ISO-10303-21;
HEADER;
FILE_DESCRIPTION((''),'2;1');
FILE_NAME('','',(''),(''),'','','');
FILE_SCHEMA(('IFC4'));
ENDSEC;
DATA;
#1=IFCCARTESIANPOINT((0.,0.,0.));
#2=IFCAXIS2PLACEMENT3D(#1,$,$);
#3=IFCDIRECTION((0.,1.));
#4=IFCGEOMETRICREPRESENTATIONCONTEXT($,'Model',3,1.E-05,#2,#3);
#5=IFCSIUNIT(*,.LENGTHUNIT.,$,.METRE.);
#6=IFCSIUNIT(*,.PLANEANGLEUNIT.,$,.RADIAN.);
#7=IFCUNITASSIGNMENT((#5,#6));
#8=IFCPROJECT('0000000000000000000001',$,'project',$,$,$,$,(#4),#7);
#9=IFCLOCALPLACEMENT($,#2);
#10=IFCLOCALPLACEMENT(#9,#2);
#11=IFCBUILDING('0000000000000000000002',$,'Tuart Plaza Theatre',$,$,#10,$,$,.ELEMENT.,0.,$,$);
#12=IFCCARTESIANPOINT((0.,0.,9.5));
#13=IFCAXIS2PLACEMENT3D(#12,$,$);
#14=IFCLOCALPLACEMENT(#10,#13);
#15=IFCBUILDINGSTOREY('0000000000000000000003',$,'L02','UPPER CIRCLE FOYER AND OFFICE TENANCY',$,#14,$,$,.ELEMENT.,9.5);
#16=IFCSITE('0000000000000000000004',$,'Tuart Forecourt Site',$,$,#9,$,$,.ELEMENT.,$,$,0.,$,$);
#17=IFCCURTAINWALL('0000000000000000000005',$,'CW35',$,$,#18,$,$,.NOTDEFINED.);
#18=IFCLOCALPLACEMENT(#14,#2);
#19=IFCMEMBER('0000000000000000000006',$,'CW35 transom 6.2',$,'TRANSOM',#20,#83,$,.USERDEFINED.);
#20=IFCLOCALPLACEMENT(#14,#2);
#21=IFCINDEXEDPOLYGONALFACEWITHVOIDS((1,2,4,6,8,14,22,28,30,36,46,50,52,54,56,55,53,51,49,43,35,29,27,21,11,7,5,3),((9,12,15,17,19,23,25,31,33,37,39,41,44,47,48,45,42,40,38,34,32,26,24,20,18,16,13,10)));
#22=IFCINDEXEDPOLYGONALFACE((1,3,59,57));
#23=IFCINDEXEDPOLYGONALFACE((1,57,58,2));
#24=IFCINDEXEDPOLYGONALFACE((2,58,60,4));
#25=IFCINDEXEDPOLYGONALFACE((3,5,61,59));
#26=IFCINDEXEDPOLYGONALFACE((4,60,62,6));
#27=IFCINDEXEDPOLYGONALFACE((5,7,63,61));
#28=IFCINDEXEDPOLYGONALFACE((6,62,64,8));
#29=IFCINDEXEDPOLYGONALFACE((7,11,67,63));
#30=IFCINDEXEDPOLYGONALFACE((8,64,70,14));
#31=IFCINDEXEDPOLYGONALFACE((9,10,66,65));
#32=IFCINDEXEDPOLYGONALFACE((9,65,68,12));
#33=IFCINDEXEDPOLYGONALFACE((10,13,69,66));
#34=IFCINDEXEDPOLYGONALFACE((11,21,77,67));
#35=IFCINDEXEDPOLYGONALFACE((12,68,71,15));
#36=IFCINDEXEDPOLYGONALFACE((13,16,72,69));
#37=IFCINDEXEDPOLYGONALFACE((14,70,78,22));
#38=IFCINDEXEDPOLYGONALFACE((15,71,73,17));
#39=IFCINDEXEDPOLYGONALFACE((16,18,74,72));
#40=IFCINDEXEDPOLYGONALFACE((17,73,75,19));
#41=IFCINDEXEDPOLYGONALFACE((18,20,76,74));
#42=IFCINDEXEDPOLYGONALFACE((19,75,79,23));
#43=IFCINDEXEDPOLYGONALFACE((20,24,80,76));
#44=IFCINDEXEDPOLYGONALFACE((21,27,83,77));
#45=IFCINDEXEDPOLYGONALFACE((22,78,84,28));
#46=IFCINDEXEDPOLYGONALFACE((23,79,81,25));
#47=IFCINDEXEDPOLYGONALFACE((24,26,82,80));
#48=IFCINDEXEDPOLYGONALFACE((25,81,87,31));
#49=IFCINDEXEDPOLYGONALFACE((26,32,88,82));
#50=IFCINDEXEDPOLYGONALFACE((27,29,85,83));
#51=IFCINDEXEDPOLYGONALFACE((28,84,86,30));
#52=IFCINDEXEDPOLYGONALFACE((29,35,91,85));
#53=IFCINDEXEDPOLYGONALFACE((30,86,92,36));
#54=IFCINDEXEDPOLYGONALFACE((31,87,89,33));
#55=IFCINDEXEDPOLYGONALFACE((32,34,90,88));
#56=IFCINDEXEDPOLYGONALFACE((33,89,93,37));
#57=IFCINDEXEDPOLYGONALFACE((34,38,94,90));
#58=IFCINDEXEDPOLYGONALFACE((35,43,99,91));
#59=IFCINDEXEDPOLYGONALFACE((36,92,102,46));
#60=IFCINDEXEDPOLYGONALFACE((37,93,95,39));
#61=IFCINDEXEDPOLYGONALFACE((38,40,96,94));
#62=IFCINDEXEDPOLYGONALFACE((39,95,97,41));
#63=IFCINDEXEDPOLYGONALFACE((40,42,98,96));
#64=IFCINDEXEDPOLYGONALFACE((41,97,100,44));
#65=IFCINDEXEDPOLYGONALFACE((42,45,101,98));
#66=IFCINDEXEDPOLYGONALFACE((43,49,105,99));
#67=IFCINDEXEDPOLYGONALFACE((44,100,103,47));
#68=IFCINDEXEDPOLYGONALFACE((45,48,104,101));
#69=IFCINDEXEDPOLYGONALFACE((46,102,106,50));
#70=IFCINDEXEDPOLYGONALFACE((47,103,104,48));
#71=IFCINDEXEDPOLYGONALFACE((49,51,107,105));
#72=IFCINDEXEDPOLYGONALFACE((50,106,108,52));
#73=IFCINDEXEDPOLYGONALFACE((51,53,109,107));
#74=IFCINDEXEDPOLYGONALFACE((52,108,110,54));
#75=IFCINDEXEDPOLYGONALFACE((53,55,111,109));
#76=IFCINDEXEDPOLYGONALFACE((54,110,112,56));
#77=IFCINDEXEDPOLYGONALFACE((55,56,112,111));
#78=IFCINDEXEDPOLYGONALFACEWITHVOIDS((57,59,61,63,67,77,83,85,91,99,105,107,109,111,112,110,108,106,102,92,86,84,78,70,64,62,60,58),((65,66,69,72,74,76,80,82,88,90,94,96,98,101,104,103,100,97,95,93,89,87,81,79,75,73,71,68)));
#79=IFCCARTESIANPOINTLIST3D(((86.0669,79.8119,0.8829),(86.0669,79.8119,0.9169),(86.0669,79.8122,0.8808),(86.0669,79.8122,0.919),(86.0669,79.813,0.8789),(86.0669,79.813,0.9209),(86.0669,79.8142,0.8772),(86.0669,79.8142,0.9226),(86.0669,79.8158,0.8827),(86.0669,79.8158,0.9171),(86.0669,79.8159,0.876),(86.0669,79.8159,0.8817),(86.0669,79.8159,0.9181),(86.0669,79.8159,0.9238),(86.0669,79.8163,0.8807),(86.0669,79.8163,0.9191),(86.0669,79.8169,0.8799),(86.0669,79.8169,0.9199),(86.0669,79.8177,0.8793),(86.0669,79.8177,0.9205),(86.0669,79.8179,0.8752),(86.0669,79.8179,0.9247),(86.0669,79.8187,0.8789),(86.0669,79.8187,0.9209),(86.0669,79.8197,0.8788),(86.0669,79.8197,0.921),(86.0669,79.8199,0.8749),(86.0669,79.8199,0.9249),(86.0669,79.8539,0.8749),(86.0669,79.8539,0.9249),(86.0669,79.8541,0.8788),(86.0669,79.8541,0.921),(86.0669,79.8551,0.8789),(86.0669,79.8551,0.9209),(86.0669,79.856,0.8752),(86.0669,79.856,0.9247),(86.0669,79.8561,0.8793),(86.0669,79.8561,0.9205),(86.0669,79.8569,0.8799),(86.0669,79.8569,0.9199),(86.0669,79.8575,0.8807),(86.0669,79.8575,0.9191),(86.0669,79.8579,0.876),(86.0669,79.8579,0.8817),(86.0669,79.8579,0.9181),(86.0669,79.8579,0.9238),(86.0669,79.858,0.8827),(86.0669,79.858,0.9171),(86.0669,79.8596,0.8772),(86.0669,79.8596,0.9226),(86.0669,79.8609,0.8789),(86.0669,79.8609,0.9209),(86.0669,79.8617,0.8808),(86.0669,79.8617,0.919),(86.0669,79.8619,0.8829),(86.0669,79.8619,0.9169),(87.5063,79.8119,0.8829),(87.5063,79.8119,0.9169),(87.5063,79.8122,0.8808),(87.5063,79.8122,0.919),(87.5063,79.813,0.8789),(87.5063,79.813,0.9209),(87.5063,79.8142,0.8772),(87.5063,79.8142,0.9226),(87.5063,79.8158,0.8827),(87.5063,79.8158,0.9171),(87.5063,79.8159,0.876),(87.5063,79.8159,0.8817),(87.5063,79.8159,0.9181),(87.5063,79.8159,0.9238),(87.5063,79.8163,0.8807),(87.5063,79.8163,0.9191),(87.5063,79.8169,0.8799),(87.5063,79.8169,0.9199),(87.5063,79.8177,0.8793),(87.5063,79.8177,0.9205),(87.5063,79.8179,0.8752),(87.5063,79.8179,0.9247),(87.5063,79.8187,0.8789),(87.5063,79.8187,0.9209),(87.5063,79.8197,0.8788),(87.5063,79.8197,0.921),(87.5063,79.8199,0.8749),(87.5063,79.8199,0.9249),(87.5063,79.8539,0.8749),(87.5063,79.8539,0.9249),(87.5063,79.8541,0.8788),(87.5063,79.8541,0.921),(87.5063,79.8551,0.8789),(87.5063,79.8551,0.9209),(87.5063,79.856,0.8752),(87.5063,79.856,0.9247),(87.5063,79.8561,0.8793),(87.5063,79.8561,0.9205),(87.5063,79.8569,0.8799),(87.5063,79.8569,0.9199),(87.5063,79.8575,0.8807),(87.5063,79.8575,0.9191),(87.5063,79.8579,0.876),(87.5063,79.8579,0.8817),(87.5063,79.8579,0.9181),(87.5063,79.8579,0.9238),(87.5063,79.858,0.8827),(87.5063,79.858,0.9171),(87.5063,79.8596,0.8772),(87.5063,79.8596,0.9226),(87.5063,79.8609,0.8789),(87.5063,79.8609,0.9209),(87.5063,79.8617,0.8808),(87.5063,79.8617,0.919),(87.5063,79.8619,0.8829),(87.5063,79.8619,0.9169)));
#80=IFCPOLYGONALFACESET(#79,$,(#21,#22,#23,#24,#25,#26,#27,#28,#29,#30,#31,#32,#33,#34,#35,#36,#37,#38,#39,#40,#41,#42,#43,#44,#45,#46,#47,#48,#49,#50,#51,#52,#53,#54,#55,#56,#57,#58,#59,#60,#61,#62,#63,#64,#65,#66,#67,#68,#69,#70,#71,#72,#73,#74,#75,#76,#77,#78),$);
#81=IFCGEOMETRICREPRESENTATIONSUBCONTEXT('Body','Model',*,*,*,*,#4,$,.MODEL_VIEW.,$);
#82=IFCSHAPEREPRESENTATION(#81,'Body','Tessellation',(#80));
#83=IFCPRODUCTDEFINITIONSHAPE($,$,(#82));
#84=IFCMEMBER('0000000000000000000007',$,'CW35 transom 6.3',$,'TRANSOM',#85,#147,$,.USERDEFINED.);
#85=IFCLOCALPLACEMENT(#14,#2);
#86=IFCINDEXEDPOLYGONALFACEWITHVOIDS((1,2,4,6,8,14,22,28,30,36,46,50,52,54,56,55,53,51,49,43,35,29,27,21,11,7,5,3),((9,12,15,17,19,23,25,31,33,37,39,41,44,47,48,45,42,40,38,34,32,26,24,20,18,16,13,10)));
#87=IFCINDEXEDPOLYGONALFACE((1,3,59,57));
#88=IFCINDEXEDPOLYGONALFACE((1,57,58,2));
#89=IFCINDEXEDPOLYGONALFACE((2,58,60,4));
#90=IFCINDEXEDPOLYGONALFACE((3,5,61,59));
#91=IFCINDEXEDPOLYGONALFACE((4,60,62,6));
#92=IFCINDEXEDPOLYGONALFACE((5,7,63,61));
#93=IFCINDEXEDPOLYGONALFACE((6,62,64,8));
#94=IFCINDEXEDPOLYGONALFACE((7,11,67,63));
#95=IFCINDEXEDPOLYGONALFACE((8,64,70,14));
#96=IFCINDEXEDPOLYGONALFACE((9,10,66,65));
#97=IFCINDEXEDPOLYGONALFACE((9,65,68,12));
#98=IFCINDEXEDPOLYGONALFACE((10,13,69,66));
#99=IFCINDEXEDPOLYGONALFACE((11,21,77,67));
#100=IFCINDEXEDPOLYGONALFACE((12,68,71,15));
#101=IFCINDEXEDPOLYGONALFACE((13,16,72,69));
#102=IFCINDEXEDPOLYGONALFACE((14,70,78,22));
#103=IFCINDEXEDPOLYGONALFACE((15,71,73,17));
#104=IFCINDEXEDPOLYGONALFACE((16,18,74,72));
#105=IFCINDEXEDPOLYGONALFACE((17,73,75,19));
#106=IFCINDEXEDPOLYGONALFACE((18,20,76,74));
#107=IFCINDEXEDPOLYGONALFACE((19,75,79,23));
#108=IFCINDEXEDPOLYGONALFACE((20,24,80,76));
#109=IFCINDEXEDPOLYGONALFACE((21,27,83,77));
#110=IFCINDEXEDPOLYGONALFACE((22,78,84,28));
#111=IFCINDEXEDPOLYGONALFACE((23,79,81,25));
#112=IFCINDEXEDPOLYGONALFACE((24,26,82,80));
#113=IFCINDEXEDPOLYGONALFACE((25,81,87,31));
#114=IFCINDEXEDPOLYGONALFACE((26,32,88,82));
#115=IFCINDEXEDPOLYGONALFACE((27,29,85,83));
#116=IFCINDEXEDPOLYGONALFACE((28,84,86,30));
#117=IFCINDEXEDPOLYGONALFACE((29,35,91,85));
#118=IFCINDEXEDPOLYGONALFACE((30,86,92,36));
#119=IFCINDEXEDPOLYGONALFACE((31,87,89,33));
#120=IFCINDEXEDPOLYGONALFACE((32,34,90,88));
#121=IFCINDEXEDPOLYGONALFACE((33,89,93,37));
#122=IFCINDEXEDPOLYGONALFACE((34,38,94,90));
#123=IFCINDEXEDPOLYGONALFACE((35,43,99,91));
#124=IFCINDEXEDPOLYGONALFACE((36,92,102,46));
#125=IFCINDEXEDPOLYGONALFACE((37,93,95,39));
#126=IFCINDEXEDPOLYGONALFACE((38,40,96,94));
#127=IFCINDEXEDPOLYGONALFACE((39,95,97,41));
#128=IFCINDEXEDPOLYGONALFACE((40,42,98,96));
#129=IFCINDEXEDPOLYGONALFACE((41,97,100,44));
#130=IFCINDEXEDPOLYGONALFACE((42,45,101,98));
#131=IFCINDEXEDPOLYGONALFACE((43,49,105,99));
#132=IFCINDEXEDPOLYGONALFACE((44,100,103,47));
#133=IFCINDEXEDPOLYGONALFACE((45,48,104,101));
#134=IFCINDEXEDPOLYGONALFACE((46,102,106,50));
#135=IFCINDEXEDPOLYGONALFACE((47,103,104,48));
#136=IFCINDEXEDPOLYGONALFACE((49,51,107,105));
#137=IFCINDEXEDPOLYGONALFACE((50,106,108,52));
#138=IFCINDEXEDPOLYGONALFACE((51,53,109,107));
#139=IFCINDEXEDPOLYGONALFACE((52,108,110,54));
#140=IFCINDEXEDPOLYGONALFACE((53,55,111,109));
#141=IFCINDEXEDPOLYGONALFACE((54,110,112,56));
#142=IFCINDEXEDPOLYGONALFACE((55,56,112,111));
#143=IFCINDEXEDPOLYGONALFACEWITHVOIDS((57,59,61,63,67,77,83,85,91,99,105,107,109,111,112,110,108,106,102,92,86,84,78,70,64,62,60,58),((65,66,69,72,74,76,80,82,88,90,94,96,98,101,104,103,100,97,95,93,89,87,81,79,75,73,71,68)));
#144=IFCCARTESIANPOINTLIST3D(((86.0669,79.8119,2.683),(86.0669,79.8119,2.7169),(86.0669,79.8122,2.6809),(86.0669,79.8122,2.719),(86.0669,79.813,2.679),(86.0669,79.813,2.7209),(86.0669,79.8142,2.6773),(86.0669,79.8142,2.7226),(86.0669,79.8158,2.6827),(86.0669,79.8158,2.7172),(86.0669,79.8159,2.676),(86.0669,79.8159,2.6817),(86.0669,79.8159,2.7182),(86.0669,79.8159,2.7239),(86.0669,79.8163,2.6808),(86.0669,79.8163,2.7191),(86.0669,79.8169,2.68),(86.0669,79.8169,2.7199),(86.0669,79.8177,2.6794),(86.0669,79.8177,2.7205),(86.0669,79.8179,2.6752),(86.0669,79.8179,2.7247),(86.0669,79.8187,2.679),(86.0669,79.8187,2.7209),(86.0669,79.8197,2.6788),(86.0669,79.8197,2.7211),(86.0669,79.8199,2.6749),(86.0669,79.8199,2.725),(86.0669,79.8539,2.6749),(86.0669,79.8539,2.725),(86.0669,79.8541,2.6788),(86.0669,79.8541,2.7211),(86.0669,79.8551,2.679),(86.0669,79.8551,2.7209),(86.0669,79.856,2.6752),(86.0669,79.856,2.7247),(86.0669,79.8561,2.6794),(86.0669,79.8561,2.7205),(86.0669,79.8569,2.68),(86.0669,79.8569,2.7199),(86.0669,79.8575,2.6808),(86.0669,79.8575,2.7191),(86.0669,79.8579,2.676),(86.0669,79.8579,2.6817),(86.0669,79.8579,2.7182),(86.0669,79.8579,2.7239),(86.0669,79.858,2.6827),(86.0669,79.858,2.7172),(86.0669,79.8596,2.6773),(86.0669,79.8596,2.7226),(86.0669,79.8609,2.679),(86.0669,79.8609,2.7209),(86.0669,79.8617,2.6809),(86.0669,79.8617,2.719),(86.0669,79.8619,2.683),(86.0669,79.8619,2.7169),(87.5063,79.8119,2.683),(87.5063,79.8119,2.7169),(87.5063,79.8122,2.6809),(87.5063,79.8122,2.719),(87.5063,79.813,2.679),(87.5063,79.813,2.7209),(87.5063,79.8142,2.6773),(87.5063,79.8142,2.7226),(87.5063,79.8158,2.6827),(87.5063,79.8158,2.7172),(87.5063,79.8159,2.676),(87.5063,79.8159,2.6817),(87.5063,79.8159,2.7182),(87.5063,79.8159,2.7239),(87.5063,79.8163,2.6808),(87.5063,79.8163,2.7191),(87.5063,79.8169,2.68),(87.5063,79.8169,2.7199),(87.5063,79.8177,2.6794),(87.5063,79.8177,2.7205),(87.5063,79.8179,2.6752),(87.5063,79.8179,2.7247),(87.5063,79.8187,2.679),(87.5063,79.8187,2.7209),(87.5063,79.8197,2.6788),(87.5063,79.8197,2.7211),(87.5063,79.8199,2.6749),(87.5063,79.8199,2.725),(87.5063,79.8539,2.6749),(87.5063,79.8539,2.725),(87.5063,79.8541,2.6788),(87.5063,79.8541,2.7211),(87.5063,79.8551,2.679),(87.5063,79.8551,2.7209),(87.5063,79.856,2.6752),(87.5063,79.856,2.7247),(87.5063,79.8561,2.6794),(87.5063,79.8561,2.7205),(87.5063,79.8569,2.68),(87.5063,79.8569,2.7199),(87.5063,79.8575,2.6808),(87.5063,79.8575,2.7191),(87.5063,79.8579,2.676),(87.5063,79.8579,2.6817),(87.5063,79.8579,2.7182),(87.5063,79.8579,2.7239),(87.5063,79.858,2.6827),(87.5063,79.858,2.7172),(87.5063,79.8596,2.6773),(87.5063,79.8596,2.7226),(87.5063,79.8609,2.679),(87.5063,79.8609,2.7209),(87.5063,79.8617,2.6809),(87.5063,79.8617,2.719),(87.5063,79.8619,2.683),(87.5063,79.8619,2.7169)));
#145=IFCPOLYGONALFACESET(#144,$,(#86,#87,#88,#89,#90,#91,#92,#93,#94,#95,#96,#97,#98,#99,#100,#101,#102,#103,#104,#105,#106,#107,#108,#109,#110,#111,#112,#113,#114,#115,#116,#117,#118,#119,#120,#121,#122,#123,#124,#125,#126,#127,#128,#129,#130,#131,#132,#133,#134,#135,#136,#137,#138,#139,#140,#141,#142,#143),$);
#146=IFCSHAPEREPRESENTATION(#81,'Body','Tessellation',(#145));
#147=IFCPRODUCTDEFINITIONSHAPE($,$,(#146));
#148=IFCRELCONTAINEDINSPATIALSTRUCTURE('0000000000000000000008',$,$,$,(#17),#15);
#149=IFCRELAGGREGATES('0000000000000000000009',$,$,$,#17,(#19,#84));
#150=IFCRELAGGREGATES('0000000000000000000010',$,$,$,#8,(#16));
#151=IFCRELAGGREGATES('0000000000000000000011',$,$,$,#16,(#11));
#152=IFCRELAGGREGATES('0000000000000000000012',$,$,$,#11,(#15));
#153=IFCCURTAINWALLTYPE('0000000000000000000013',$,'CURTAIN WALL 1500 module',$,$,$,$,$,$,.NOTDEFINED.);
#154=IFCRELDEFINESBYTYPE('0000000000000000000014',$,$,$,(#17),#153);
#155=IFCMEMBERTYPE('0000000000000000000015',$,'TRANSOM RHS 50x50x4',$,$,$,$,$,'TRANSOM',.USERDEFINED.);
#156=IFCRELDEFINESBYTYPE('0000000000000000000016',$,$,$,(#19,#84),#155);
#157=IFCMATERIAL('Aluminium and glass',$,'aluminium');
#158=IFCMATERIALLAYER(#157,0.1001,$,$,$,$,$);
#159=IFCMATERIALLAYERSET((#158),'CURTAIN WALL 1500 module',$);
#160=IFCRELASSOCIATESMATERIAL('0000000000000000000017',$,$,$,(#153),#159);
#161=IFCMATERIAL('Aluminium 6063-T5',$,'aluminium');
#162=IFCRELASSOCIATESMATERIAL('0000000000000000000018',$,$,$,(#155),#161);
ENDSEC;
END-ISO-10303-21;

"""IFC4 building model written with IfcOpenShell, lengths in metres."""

from ifc_helpers import new_model, si_unit, direction, frame, origin, origin_2d, place, context, subcontext, project, spatial, hollow_rectangle, extrude, material, layer, layer_set, material_profile, profile_set, type_object, element, aggregate, save


model = new_model("IFC4")

# Units and contexts
model_context = context("Model", 3, precision=1e-05, world=origin(), true_north=direction((0.0, 1.0)))
body_context = subcontext(model_context, "Body", "Model", "MODEL_VIEW")
ifc_project = project(units=[si_unit("LENGTHUNIT", "METRE"), si_unit("PLANEANGLEUNIT", "RADIAN")], contexts=[model_context])

# Site, building, storey
site_placement = place(None, origin())
site = spatial("IfcSite", under=ifc_project, at=site_placement, Name="Tuart Forecourt Site", CompositionType="ELEMENT", RefElevation=0.0)
building_placement = place(site_placement, origin())
building = spatial("IfcBuilding", under=site, at=building_placement, Name="Tuart Plaza Theatre", CompositionType="ELEMENT", ElevationOfRefHeight=0.0)
storey_placement = place(building_placement, frame((0.0, 0.0, 9.5)))
storey = spatial("IfcBuildingStorey", under=building, at=storey_placement, Name="L02", Description="UPPER CIRCLE FOYER AND OFFICE TENANCY", CompositionType="ELEMENT", Elevation=9.5)

# Curtain wall, members
ifc_material_1 = material(Name="Aluminium and glass", Category="aluminium")
ifc_layer_1 = layer(ifc_material_1, 0.1001)
ifc_layer_set_1 = layer_set([ifc_layer_1], Name="CURTAIN WALL 1500 module")
curtain_wall_type = type_object("IfcCurtainWallType", Name="CURTAIN WALL 1500 module", PredefinedType="NOTDEFINED", material=ifc_layer_set_1)
curtain_wall_placement = place(storey_placement, origin())
curtain_wall = element("IfcCurtainWall", 1, at=curtain_wall_placement, inside=storey, type_object=curtain_wall_type, Name="CW35", PredefinedType="NOTDEFINED")
ifc_material_2 = material(Name="Aluminium 6063-T5", Category="aluminium")
ifc_material_profile_1 = material_profile(ifc_material_2, hollow_rectangle(XDim=0.05, YDim=0.05, WallThickness=0.0039, InnerFilletRadius=0.0039, OuterFilletRadius=0.0081, at=origin_2d()), Name="RHS 50x50x4")
ifc_profile_set_1 = profile_set([ifc_material_profile_1], Name="Aluminium 6063-T5")
member_type_1 = type_object("IfcMemberType", Name="TRANSOM RHS 50x50x4", ElementType="TRANSOM", PredefinedType="USERDEFINED", material=ifc_profile_set_1)
member_1_placement = place(storey_placement, frame((86.0669, 79.8369, 0.8999), z_axis=(1.0, 0.0, 0.0), x_axis=(0.0, 1.0, 0.0)))
member_1 = element("IfcMember", 2, at=member_1_placement, type_object=member_type_1, Name="CW35 transom 6.2", ObjectType="TRANSOM", PredefinedType="USERDEFINED", context=body_context, shape_type="SweptSolid", body=[
    extrude(hollow_rectangle(XDim=0.05, YDim=0.05, WallThickness=0.0039, InnerFilletRadius=0.0039, OuterFilletRadius=0.0081, at=origin_2d()), origin(), (0.0, 0.0, 1.0), 1.4395),
])
member_2_placement = place(storey_placement, frame((86.0669, 79.8369, 2.7), z_axis=(1.0, 0.0, 0.0), x_axis=(0.0, 1.0, 0.0)))
member_2 = element("IfcMember", 3, at=member_2_placement, type_object=member_type_1, Name="CW35 transom 6.3", ObjectType="TRANSOM", PredefinedType="USERDEFINED", context=body_context, shape_type="SweptSolid", body=[
    extrude(hollow_rectangle(XDim=0.05, YDim=0.05, WallThickness=0.0039, InnerFilletRadius=0.0039, OuterFilletRadius=0.0081, at=origin_2d()), origin(), (0.0, 0.0, 1.0), 1.4395),
])
aggregate(curtain_wall, [member_1, member_2])

save(model, "model.ifc")
